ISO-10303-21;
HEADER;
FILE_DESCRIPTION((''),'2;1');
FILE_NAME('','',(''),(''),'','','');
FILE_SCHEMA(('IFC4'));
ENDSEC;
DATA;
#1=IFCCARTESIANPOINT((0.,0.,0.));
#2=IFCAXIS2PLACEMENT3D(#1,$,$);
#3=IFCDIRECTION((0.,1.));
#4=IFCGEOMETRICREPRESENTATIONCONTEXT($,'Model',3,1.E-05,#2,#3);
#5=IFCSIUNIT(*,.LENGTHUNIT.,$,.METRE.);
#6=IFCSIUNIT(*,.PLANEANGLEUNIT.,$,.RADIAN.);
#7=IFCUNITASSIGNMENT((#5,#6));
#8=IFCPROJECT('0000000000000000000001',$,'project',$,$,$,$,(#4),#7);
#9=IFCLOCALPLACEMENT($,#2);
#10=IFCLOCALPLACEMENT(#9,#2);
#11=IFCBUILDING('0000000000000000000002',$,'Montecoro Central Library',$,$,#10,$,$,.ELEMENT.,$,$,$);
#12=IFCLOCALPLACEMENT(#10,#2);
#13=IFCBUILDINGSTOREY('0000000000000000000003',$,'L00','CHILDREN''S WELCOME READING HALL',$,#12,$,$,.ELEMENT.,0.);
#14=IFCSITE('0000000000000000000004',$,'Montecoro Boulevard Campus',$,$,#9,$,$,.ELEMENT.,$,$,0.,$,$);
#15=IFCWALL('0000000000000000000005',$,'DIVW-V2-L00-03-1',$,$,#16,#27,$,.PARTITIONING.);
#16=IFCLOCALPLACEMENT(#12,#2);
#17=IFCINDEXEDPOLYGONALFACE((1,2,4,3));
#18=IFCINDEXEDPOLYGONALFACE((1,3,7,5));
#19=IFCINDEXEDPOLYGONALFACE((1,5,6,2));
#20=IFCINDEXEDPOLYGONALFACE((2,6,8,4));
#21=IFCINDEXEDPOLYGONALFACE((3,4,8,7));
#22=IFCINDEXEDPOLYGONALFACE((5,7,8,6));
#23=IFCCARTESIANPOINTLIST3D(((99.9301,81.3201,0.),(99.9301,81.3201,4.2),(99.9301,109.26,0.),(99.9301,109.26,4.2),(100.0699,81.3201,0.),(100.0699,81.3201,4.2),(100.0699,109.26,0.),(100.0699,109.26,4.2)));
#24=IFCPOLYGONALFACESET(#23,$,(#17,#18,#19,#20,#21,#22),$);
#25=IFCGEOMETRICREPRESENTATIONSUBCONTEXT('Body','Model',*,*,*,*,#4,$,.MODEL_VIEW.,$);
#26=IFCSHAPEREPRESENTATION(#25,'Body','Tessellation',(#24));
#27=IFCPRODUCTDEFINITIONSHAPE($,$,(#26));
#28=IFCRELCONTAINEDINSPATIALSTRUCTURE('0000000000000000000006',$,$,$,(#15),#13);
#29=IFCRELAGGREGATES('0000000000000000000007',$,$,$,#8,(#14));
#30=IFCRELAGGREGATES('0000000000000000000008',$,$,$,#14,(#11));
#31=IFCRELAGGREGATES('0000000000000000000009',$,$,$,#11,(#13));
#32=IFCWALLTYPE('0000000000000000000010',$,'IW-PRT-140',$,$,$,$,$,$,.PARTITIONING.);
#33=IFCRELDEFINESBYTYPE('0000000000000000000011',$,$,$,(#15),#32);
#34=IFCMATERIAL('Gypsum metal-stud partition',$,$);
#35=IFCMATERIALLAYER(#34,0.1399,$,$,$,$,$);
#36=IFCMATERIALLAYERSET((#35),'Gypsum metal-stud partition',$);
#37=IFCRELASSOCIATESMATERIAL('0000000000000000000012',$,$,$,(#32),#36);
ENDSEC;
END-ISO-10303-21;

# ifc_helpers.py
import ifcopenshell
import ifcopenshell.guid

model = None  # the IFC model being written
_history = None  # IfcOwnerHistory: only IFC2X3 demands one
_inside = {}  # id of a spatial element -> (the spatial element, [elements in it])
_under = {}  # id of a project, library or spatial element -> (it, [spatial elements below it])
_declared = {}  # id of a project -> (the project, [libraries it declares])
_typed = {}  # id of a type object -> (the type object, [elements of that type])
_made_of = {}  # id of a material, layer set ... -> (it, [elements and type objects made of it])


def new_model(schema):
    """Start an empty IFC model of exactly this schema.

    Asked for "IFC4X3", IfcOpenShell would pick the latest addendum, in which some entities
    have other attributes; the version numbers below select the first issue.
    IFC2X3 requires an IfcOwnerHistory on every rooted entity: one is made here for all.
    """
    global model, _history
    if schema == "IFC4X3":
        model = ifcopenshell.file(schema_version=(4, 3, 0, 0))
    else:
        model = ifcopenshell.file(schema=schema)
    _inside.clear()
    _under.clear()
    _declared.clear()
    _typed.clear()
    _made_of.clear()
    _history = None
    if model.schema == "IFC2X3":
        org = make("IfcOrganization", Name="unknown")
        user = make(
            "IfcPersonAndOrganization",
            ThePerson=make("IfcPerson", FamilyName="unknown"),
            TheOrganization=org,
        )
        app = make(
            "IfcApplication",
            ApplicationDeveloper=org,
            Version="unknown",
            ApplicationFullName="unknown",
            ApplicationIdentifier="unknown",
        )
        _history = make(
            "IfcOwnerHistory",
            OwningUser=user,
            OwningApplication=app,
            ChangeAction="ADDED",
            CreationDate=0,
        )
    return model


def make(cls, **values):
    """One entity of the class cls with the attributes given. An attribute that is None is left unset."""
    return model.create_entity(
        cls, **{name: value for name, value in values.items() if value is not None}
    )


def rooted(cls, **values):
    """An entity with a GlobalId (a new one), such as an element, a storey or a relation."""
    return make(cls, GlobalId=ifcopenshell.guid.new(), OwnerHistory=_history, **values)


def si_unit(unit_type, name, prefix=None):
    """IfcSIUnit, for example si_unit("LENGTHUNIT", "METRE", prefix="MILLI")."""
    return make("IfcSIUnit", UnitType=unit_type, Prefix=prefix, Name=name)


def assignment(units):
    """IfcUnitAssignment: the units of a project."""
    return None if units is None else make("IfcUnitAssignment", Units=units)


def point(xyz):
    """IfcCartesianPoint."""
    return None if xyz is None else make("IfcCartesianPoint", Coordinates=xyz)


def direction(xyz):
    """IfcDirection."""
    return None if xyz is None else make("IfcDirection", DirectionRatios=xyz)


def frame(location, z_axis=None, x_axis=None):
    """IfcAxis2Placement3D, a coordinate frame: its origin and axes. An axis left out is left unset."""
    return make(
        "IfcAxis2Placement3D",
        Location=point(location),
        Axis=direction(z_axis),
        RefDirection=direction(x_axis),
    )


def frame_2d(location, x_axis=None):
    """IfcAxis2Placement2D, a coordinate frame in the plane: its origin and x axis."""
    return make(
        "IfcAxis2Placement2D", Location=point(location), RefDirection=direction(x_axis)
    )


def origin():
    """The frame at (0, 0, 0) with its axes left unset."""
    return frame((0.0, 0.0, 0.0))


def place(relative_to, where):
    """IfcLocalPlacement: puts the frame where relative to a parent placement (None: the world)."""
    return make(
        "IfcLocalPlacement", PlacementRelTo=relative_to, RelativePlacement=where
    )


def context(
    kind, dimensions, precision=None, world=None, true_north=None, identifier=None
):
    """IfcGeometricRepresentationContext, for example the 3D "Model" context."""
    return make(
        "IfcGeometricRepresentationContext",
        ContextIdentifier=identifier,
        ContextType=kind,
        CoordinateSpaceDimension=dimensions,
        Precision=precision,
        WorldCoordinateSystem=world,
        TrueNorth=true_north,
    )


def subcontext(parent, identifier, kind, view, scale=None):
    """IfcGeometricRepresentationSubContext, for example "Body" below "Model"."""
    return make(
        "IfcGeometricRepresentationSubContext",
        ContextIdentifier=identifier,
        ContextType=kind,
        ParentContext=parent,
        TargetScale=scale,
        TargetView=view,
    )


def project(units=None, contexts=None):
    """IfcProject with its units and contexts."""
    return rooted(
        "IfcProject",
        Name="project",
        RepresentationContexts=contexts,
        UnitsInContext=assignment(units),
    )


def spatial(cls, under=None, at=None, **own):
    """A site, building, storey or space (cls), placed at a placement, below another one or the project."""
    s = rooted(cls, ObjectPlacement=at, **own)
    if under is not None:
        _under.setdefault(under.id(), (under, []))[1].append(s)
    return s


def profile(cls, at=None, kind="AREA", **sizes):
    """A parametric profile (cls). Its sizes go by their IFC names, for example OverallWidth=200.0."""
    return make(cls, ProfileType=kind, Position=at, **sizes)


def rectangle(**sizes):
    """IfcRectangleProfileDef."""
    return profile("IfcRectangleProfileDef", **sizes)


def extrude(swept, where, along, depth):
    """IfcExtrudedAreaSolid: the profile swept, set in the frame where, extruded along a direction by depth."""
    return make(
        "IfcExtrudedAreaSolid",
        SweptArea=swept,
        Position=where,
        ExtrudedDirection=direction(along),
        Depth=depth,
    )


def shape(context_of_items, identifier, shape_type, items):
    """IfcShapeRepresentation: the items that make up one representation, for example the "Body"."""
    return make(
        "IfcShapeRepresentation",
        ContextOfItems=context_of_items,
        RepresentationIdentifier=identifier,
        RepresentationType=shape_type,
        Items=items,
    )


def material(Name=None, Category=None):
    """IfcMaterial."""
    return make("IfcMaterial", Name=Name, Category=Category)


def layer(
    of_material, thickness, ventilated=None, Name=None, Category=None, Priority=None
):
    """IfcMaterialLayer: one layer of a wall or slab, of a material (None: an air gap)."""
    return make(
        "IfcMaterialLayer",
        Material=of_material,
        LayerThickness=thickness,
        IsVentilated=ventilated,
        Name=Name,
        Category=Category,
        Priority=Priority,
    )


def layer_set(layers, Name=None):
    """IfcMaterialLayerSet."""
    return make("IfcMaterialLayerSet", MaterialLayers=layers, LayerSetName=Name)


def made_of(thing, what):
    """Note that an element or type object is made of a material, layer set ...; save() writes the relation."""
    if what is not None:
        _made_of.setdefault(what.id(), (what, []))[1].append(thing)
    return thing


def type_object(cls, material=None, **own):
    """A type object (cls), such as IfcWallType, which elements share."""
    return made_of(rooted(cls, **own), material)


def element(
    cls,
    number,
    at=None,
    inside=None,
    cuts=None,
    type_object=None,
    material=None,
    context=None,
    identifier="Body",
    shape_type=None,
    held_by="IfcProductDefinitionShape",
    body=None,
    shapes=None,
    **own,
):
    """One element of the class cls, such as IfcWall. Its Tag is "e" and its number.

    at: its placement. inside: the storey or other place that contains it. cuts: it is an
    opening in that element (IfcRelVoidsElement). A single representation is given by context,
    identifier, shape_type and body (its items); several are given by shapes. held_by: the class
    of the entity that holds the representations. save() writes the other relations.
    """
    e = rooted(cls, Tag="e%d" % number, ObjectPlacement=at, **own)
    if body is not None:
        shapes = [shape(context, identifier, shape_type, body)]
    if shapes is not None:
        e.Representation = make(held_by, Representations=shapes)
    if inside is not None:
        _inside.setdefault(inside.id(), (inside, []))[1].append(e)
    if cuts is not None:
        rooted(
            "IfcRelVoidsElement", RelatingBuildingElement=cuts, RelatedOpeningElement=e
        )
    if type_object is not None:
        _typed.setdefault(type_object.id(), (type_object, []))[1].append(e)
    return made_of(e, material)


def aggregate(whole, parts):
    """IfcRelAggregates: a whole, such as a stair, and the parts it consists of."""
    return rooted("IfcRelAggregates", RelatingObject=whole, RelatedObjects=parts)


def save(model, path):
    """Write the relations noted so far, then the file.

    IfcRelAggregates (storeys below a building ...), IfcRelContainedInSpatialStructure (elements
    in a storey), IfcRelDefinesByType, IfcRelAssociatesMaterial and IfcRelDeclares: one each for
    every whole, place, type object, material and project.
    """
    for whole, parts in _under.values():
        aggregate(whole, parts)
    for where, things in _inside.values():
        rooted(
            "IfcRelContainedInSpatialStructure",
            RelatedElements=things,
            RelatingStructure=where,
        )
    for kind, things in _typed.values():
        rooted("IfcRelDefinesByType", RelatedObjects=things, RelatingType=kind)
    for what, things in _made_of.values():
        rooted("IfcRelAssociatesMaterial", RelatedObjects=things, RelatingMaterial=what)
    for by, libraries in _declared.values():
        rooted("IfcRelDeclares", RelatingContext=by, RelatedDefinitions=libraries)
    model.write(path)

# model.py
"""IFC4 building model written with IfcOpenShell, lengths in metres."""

from ifc_helpers import new_model, si_unit, direction, frame, frame_2d, origin, place, context, subcontext, project, spatial, rectangle, extrude, material, layer, layer_set, type_object, element, save


model = new_model("IFC4")

# Units and contexts
model_context = context("Model", 3, precision=1e-05, world=origin(), true_north=direction((0.0, 1.0)))
body_context = subcontext(model_context, "Body", "Model", "MODEL_VIEW")
ifc_project = project(units=[si_unit("LENGTHUNIT", "METRE"), si_unit("PLANEANGLEUNIT", "RADIAN")], contexts=[model_context])

# Site, building, storey
site_placement = place(None, origin())
site = spatial("IfcSite", under=ifc_project, at=site_placement, Name="Montecoro Boulevard Campus", CompositionType="ELEMENT", RefElevation=0.0)
building_placement = place(site_placement, origin())
building = spatial("IfcBuilding", under=site, at=building_placement, Name="Montecoro Central Library", CompositionType="ELEMENT")
storey_placement = place(building_placement, origin())
storey = spatial("IfcBuildingStorey", under=building, at=storey_placement, Name="L00", Description="CHILDREN'S WELCOME READING HALL", CompositionType="ELEMENT", Elevation=0.0)

# Wall
ifc_material_1 = material(Name="Gypsum metal-stud partition")
ifc_layer_1 = layer(ifc_material_1, 0.1399)
ifc_layer_set_1 = layer_set([ifc_layer_1], Name="Gypsum metal-stud partition")
wall_type = type_object("IfcWallType", Name="IW-PRT-140", PredefinedType="PARTITIONING", material=ifc_layer_set_1)
wall_placement = place(storey_placement, frame((100.0, 81.3201, 0.0), z_axis=(0.0, 0.0, 1.0), x_axis=(0.0, 1.0, 0.0)))
element("IfcWall", 1, at=wall_placement, inside=storey, type_object=wall_type, Name="DIVW-V2-L00-03-1", PredefinedType="PARTITIONING", context=body_context, shape_type="SweptSolid", body=[
    extrude(rectangle(XDim=27.9399, YDim=0.1399, at=frame_2d((13.97, 0.0))), origin(), (0.0, 0.0, 1.0), 4.2),
])

save(model, "model.ifc")
